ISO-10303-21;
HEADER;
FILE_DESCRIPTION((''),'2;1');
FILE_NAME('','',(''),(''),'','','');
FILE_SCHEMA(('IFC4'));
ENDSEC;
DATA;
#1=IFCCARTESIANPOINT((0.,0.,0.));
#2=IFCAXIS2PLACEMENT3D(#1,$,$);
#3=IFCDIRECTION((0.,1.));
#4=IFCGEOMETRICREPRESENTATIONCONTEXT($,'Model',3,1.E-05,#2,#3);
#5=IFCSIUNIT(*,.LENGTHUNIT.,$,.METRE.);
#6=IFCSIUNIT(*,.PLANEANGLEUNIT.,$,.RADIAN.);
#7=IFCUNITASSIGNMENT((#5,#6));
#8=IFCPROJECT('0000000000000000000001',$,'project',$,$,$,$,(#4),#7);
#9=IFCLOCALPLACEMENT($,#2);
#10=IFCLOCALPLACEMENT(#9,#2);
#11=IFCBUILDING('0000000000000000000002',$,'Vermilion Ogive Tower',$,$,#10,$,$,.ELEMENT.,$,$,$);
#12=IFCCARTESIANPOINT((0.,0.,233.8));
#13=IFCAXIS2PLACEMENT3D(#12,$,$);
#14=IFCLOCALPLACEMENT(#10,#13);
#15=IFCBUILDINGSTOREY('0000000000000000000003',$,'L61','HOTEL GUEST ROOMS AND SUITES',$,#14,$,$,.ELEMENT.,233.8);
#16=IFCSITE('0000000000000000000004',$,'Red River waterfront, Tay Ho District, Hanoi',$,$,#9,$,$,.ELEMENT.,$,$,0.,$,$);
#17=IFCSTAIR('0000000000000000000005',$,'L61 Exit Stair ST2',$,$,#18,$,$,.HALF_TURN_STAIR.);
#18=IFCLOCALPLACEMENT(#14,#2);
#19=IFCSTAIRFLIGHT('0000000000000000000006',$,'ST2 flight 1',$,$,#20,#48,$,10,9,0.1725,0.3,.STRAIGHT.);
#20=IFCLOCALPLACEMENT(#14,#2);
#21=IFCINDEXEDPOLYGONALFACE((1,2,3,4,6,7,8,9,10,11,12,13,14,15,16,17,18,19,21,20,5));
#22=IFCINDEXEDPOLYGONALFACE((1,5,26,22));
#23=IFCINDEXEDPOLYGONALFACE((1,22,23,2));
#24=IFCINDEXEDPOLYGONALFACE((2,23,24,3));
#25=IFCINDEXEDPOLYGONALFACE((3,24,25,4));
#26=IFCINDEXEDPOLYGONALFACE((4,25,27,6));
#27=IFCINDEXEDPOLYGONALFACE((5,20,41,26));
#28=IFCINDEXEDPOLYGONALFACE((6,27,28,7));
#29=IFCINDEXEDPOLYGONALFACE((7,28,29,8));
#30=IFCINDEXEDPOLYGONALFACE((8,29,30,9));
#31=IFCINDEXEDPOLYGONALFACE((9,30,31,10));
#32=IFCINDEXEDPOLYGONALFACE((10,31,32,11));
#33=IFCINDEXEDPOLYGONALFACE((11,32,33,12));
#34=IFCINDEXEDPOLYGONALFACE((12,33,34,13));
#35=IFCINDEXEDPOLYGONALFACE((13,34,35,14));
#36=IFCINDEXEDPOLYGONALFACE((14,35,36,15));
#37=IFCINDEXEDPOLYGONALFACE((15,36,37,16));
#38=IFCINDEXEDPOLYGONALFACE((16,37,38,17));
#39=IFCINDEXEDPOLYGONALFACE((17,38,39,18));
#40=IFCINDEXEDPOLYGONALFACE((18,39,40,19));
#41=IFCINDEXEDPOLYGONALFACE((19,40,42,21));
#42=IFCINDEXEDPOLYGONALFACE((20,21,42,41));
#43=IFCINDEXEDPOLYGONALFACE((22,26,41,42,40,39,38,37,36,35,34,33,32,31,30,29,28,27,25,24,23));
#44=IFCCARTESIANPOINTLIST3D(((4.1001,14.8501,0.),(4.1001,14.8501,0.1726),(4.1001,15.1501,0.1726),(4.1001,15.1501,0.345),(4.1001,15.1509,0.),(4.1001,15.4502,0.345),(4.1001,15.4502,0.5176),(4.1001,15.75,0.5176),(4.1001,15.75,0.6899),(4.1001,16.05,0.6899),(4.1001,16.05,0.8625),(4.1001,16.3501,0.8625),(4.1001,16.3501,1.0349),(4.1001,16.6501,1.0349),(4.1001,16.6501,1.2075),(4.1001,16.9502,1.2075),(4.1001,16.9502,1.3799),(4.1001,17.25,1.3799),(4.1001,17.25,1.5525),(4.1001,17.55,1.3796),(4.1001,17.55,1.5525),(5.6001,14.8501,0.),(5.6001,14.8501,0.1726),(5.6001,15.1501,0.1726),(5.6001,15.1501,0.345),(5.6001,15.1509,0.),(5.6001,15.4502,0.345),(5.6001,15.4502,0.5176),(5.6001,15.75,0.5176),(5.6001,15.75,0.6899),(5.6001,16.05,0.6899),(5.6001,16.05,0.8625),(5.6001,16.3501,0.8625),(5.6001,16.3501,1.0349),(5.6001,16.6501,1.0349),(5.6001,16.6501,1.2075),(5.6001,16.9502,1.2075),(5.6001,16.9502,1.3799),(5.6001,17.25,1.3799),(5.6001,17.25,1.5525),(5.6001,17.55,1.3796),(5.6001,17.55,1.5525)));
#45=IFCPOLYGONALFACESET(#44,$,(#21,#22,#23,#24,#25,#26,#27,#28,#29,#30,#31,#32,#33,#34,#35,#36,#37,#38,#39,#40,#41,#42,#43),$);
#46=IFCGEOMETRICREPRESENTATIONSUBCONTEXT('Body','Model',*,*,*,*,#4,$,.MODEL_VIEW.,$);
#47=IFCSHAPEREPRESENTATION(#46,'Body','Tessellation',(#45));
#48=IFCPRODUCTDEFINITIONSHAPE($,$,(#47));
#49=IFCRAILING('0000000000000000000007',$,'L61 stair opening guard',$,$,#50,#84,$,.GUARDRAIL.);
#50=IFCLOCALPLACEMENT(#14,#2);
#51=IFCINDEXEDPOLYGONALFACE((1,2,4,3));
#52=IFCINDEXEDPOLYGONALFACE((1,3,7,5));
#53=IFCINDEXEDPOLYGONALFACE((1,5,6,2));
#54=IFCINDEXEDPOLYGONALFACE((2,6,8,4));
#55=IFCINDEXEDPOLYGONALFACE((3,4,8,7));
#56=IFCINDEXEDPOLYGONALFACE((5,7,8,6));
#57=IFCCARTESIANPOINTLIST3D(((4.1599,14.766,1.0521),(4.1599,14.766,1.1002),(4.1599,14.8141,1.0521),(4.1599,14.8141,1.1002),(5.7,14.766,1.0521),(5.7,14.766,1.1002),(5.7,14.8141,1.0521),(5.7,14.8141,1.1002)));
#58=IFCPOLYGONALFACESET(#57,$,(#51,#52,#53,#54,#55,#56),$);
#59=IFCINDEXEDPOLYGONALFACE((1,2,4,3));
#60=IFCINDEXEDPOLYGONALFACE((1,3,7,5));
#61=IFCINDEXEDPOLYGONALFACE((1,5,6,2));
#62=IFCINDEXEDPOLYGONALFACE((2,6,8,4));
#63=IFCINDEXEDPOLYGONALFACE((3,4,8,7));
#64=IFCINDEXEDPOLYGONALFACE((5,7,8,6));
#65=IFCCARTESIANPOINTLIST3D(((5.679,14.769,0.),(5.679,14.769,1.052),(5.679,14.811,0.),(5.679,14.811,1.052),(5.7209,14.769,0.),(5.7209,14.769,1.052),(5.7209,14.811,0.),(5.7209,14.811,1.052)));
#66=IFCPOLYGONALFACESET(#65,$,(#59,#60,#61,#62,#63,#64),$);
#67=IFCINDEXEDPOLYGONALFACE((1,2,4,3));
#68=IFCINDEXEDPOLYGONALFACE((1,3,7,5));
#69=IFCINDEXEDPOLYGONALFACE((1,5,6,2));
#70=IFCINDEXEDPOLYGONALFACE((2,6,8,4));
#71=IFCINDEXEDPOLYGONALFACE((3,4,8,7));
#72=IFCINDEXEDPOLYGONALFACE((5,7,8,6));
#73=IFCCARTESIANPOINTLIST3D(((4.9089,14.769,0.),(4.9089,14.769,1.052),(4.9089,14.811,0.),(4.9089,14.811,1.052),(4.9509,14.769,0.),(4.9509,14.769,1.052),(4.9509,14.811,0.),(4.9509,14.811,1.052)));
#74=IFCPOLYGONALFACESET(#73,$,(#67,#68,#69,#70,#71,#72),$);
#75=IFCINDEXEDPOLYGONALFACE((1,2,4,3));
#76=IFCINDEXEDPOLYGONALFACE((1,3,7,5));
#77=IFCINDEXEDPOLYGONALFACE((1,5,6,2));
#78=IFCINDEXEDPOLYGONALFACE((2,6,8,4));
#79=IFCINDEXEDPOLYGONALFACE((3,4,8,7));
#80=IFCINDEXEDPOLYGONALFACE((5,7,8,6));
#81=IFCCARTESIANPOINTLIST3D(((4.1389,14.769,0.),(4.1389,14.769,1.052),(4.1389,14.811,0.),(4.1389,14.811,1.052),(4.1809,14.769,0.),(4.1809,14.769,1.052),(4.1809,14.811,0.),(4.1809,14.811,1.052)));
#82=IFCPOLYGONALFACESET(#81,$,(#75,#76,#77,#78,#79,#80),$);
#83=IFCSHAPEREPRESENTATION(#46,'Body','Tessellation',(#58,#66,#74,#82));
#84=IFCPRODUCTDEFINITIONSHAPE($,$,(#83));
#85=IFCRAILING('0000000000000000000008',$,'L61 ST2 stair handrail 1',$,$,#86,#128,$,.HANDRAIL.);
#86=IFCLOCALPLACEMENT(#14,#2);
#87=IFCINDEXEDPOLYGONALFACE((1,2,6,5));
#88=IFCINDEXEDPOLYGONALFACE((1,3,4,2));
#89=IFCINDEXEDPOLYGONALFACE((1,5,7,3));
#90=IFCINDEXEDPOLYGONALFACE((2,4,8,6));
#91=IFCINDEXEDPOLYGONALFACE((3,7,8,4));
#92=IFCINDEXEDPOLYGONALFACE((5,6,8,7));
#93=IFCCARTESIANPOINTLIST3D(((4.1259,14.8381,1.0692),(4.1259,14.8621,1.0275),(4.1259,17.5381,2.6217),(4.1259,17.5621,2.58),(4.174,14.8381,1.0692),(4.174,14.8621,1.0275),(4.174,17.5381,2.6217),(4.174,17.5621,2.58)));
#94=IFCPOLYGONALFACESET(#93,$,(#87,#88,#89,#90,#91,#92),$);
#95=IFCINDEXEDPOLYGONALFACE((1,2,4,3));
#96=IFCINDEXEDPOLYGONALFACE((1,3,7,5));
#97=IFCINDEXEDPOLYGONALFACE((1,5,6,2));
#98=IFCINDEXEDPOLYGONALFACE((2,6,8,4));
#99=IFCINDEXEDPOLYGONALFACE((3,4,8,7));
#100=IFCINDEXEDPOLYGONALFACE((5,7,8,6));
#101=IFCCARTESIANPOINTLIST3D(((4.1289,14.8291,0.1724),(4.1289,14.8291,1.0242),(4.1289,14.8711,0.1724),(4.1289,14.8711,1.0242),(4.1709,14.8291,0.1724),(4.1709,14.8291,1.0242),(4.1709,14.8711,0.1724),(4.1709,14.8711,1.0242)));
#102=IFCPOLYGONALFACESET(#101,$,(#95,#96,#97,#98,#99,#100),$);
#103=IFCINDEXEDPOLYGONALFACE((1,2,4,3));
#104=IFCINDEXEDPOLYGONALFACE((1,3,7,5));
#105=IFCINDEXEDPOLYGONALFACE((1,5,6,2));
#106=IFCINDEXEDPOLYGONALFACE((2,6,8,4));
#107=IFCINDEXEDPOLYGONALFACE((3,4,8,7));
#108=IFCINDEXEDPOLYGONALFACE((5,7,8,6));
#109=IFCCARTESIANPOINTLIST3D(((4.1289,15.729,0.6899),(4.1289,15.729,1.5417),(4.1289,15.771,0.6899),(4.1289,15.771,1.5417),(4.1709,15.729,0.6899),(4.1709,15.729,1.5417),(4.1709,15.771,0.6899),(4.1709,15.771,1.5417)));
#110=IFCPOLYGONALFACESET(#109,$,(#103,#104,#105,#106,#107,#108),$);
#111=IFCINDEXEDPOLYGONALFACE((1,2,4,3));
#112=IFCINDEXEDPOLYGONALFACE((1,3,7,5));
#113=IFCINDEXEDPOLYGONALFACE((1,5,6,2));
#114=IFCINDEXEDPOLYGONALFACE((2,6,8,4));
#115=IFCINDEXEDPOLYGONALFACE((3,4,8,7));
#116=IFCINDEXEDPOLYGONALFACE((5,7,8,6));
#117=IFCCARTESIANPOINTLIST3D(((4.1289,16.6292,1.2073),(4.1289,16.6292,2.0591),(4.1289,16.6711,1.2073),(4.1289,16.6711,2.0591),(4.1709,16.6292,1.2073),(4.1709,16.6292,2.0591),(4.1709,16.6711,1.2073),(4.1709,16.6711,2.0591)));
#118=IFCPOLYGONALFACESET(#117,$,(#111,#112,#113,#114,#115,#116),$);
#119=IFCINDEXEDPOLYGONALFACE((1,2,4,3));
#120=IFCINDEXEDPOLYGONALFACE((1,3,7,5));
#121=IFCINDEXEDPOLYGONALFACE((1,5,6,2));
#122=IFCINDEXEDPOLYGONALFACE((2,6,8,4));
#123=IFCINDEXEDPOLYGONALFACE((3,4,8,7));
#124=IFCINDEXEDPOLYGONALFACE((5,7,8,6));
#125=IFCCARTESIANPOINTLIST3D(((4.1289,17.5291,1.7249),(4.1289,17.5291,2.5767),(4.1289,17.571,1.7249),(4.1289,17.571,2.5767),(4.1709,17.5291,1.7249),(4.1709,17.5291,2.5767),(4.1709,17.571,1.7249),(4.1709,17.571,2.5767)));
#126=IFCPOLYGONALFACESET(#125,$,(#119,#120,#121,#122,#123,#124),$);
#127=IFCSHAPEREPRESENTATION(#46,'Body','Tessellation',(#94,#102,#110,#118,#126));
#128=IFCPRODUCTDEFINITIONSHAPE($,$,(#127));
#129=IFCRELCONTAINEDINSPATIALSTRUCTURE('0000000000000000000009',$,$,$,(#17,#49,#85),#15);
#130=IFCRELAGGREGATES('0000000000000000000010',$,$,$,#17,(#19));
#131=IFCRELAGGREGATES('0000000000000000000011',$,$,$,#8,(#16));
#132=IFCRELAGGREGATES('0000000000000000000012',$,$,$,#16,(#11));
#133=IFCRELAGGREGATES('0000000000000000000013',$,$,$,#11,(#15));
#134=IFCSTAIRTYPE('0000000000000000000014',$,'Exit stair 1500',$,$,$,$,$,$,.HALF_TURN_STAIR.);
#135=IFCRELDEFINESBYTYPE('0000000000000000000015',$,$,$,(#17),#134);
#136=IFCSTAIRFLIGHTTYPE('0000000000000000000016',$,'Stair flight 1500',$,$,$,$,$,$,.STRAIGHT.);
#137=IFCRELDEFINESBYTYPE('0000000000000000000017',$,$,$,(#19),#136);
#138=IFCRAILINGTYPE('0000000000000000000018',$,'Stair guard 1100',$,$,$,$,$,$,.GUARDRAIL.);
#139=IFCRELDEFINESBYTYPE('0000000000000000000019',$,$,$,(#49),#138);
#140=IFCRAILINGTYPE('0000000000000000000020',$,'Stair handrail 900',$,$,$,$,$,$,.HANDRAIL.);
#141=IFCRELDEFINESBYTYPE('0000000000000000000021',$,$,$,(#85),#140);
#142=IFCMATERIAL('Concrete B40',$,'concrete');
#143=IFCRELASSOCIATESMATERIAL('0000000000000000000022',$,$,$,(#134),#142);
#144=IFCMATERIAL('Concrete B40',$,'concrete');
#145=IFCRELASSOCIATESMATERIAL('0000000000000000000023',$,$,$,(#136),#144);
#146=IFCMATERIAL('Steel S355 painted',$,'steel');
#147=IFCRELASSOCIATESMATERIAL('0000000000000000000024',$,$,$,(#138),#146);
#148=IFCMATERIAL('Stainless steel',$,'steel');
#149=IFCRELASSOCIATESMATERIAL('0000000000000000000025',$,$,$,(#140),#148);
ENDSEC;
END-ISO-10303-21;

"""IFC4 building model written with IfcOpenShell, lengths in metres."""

from ifc_helpers import new_model, si_unit, direction, frame, origin, origin_2d, place, context, subcontext, project, spatial, polyline, rectangle, outline, extrude, material, type_object, element, aggregate, save


model = new_model("IFC4")

# Units and contexts
model_context = context("Model", 3, precision=1e-05, world=origin(), true_north=direction((0.0, 1.0)))
body_context = subcontext(model_context, "Body", "Model", "MODEL_VIEW")
ifc_project = project(units=[si_unit("LENGTHUNIT", "METRE"), si_unit("PLANEANGLEUNIT", "RADIAN")], contexts=[model_context])

# Site, building, storey
site_placement = place(None, origin())
site = spatial("IfcSite", under=ifc_project, at=site_placement, Name="Red River waterfront, Tay Ho District, Hanoi", CompositionType="ELEMENT", RefElevation=0.0)
building_placement = place(site_placement, origin())
building = spatial("IfcBuilding", under=site, at=building_placement, Name="Vermilion Ogive Tower", CompositionType="ELEMENT")
storey_placement = place(building_placement, frame((0.0, 0.0, 233.8)))
storey = spatial("IfcBuildingStorey", under=building, at=storey_placement, Name="L61", Description="HOTEL GUEST ROOMS AND SUITES", CompositionType="ELEMENT", Elevation=233.8)

# Stair, stair flight
ifc_material_1 = material(Name="Concrete B40", Category="concrete")
stair_type = type_object("IfcStairType", Name="Exit stair 1500", PredefinedType="HALF_TURN_STAIR", material=ifc_material_1)
stair_placement = place(storey_placement, origin())
stair = element("IfcStair", 1, at=stair_placement, inside=storey, type_object=stair_type, Name="L61 Exit Stair ST2", PredefinedType="HALF_TURN_STAIR")
ifc_material_2 = material(Name="Concrete B40", Category="concrete")
stair_flight_type = type_object("IfcStairFlightType", Name="Stair flight 1500", PredefinedType="STRAIGHT", material=ifc_material_2)
stair_flight_placement = place(storey_placement, frame((4.8501, 14.8501, 0.0), z_axis=(0.0, 0.0, 1.0), x_axis=(0.0, 1.0, 0.0)))
stair_flight = element("IfcStairFlight", 2, at=stair_flight_placement, type_object=stair_flight_type, Name="ST2 flight 1", NumberOfRisers=10, NumberOfTreads=9, PredefinedType="STRAIGHT", RiserHeight=0.1725, TreadLength=0.3, context=body_context, shape_type="SweptSolid", body=[
    extrude(outline(polyline([(0.0, 0.0), (0.0, 0.1726), (0.3, 0.1726), (0.3, 0.345), (0.6001, 0.345), (0.6001, 0.5176), (0.8999, 0.5176), (0.8999, 0.6899), (1.2, 0.6899), (1.2, 0.8625), (1.5, 0.8625), (1.5, 1.0349), (1.8, 1.0349), (1.8, 1.2075), (2.1001, 1.2075), (2.1001, 1.3799), (2.3999, 1.3799), (2.3999, 1.5525), (2.7, 1.5525), (2.7, 1.7251), (2.7, 1.3796), (0.3008, 0.0), (0.0, 0.0)])), frame((0.0, 0.75, 0.0), z_axis=(0.0, -1.0, 0.0), x_axis=(1.0, 0.0, 0.0)), (0.0, 0.0, 1.0), 1.5),
])
aggregate(stair, [stair_flight])

# Railings
ifc_material_3 = material(Name="Steel S355 painted", Category="steel")
railing_type_1 = type_object("IfcRailingType", Name="Stair guard 1100", PredefinedType="GUARDRAIL", material=ifc_material_3)
railing_1_placement = place(storey_placement, frame((5.7, 14.79, 0.0)))
element("IfcRailing", 3, at=railing_1_placement, inside=storey, type_object=railing_type_1, Name="L61 stair opening guard", PredefinedType="GUARDRAIL", context=body_context, shape_type="SweptSolid", body=[
    extrude(rectangle(XDim=0.0481, YDim=0.0481, at=origin_2d()), frame((0.0, 0.0, 1.0762), z_axis=(-1.0, 0.0, 0.0), x_axis=(0.0, -1.0, 0.0)), (0.0, 0.0, 1.0), 1.54),
    extrude(rectangle(XDim=0.042, YDim=0.042, at=origin_2d()), origin(), (0.0, 0.0, 1.0), 1.052),
    extrude(rectangle(XDim=0.042, YDim=0.042, at=origin_2d()), frame((-0.77, 0.0, 0.0)), (0.0, 0.0, 1.0), 1.052),
    extrude(rectangle(XDim=0.042, YDim=0.042, at=origin_2d()), frame((-1.54, 0.0, 0.0)), (0.0, 0.0, 1.0), 1.052),
])
ifc_material_4 = material(Name="Stainless steel", Category="steel")
railing_type_2 = type_object("IfcRailingType", Name="Stair handrail 900", PredefinedType="HANDRAIL", material=ifc_material_4)
railing_2_placement = place(storey_placement, frame((4.1499, 14.8501, 0.1724)))
element("IfcRailing", 4, at=railing_2_placement, inside=storey, type_object=railing_type_2, Name="L61 ST2 stair handrail 1", PredefinedType="HANDRAIL", context=body_context, shape_type="SweptSolid", body=[
    extrude(rectangle(XDim=0.0481, YDim=0.0481, at=origin_2d()), frame((0.0, 0.0, 0.876), z_axis=(0.0, 0.866904, 0.498476), x_axis=(-1.0, 0.0, 0.0)), (0.0, 0.0, 1.0), 3.1145),
    extrude(rectangle(XDim=0.042, YDim=0.042, at=origin_2d()), origin(), (0.0, 0.0, 1.0), 0.8518),
    extrude(rectangle(XDim=0.042, YDim=0.042, at=origin_2d()), frame((0.0, 0.8999, 0.5176)), (0.0, 0.0, 1.0), 0.8518),
    extrude(rectangle(XDim=0.042, YDim=0.042, at=origin_2d()), frame((0.0, 1.8, 1.0349)), (0.0, 0.0, 1.0), 0.8518),
    extrude(rectangle(XDim=0.042, YDim=0.042, at=origin_2d()), frame((0.0, 2.7, 1.5525)), (0.0, 0.0, 1.0), 0.8518),
])

save(model, "model.ifc")
